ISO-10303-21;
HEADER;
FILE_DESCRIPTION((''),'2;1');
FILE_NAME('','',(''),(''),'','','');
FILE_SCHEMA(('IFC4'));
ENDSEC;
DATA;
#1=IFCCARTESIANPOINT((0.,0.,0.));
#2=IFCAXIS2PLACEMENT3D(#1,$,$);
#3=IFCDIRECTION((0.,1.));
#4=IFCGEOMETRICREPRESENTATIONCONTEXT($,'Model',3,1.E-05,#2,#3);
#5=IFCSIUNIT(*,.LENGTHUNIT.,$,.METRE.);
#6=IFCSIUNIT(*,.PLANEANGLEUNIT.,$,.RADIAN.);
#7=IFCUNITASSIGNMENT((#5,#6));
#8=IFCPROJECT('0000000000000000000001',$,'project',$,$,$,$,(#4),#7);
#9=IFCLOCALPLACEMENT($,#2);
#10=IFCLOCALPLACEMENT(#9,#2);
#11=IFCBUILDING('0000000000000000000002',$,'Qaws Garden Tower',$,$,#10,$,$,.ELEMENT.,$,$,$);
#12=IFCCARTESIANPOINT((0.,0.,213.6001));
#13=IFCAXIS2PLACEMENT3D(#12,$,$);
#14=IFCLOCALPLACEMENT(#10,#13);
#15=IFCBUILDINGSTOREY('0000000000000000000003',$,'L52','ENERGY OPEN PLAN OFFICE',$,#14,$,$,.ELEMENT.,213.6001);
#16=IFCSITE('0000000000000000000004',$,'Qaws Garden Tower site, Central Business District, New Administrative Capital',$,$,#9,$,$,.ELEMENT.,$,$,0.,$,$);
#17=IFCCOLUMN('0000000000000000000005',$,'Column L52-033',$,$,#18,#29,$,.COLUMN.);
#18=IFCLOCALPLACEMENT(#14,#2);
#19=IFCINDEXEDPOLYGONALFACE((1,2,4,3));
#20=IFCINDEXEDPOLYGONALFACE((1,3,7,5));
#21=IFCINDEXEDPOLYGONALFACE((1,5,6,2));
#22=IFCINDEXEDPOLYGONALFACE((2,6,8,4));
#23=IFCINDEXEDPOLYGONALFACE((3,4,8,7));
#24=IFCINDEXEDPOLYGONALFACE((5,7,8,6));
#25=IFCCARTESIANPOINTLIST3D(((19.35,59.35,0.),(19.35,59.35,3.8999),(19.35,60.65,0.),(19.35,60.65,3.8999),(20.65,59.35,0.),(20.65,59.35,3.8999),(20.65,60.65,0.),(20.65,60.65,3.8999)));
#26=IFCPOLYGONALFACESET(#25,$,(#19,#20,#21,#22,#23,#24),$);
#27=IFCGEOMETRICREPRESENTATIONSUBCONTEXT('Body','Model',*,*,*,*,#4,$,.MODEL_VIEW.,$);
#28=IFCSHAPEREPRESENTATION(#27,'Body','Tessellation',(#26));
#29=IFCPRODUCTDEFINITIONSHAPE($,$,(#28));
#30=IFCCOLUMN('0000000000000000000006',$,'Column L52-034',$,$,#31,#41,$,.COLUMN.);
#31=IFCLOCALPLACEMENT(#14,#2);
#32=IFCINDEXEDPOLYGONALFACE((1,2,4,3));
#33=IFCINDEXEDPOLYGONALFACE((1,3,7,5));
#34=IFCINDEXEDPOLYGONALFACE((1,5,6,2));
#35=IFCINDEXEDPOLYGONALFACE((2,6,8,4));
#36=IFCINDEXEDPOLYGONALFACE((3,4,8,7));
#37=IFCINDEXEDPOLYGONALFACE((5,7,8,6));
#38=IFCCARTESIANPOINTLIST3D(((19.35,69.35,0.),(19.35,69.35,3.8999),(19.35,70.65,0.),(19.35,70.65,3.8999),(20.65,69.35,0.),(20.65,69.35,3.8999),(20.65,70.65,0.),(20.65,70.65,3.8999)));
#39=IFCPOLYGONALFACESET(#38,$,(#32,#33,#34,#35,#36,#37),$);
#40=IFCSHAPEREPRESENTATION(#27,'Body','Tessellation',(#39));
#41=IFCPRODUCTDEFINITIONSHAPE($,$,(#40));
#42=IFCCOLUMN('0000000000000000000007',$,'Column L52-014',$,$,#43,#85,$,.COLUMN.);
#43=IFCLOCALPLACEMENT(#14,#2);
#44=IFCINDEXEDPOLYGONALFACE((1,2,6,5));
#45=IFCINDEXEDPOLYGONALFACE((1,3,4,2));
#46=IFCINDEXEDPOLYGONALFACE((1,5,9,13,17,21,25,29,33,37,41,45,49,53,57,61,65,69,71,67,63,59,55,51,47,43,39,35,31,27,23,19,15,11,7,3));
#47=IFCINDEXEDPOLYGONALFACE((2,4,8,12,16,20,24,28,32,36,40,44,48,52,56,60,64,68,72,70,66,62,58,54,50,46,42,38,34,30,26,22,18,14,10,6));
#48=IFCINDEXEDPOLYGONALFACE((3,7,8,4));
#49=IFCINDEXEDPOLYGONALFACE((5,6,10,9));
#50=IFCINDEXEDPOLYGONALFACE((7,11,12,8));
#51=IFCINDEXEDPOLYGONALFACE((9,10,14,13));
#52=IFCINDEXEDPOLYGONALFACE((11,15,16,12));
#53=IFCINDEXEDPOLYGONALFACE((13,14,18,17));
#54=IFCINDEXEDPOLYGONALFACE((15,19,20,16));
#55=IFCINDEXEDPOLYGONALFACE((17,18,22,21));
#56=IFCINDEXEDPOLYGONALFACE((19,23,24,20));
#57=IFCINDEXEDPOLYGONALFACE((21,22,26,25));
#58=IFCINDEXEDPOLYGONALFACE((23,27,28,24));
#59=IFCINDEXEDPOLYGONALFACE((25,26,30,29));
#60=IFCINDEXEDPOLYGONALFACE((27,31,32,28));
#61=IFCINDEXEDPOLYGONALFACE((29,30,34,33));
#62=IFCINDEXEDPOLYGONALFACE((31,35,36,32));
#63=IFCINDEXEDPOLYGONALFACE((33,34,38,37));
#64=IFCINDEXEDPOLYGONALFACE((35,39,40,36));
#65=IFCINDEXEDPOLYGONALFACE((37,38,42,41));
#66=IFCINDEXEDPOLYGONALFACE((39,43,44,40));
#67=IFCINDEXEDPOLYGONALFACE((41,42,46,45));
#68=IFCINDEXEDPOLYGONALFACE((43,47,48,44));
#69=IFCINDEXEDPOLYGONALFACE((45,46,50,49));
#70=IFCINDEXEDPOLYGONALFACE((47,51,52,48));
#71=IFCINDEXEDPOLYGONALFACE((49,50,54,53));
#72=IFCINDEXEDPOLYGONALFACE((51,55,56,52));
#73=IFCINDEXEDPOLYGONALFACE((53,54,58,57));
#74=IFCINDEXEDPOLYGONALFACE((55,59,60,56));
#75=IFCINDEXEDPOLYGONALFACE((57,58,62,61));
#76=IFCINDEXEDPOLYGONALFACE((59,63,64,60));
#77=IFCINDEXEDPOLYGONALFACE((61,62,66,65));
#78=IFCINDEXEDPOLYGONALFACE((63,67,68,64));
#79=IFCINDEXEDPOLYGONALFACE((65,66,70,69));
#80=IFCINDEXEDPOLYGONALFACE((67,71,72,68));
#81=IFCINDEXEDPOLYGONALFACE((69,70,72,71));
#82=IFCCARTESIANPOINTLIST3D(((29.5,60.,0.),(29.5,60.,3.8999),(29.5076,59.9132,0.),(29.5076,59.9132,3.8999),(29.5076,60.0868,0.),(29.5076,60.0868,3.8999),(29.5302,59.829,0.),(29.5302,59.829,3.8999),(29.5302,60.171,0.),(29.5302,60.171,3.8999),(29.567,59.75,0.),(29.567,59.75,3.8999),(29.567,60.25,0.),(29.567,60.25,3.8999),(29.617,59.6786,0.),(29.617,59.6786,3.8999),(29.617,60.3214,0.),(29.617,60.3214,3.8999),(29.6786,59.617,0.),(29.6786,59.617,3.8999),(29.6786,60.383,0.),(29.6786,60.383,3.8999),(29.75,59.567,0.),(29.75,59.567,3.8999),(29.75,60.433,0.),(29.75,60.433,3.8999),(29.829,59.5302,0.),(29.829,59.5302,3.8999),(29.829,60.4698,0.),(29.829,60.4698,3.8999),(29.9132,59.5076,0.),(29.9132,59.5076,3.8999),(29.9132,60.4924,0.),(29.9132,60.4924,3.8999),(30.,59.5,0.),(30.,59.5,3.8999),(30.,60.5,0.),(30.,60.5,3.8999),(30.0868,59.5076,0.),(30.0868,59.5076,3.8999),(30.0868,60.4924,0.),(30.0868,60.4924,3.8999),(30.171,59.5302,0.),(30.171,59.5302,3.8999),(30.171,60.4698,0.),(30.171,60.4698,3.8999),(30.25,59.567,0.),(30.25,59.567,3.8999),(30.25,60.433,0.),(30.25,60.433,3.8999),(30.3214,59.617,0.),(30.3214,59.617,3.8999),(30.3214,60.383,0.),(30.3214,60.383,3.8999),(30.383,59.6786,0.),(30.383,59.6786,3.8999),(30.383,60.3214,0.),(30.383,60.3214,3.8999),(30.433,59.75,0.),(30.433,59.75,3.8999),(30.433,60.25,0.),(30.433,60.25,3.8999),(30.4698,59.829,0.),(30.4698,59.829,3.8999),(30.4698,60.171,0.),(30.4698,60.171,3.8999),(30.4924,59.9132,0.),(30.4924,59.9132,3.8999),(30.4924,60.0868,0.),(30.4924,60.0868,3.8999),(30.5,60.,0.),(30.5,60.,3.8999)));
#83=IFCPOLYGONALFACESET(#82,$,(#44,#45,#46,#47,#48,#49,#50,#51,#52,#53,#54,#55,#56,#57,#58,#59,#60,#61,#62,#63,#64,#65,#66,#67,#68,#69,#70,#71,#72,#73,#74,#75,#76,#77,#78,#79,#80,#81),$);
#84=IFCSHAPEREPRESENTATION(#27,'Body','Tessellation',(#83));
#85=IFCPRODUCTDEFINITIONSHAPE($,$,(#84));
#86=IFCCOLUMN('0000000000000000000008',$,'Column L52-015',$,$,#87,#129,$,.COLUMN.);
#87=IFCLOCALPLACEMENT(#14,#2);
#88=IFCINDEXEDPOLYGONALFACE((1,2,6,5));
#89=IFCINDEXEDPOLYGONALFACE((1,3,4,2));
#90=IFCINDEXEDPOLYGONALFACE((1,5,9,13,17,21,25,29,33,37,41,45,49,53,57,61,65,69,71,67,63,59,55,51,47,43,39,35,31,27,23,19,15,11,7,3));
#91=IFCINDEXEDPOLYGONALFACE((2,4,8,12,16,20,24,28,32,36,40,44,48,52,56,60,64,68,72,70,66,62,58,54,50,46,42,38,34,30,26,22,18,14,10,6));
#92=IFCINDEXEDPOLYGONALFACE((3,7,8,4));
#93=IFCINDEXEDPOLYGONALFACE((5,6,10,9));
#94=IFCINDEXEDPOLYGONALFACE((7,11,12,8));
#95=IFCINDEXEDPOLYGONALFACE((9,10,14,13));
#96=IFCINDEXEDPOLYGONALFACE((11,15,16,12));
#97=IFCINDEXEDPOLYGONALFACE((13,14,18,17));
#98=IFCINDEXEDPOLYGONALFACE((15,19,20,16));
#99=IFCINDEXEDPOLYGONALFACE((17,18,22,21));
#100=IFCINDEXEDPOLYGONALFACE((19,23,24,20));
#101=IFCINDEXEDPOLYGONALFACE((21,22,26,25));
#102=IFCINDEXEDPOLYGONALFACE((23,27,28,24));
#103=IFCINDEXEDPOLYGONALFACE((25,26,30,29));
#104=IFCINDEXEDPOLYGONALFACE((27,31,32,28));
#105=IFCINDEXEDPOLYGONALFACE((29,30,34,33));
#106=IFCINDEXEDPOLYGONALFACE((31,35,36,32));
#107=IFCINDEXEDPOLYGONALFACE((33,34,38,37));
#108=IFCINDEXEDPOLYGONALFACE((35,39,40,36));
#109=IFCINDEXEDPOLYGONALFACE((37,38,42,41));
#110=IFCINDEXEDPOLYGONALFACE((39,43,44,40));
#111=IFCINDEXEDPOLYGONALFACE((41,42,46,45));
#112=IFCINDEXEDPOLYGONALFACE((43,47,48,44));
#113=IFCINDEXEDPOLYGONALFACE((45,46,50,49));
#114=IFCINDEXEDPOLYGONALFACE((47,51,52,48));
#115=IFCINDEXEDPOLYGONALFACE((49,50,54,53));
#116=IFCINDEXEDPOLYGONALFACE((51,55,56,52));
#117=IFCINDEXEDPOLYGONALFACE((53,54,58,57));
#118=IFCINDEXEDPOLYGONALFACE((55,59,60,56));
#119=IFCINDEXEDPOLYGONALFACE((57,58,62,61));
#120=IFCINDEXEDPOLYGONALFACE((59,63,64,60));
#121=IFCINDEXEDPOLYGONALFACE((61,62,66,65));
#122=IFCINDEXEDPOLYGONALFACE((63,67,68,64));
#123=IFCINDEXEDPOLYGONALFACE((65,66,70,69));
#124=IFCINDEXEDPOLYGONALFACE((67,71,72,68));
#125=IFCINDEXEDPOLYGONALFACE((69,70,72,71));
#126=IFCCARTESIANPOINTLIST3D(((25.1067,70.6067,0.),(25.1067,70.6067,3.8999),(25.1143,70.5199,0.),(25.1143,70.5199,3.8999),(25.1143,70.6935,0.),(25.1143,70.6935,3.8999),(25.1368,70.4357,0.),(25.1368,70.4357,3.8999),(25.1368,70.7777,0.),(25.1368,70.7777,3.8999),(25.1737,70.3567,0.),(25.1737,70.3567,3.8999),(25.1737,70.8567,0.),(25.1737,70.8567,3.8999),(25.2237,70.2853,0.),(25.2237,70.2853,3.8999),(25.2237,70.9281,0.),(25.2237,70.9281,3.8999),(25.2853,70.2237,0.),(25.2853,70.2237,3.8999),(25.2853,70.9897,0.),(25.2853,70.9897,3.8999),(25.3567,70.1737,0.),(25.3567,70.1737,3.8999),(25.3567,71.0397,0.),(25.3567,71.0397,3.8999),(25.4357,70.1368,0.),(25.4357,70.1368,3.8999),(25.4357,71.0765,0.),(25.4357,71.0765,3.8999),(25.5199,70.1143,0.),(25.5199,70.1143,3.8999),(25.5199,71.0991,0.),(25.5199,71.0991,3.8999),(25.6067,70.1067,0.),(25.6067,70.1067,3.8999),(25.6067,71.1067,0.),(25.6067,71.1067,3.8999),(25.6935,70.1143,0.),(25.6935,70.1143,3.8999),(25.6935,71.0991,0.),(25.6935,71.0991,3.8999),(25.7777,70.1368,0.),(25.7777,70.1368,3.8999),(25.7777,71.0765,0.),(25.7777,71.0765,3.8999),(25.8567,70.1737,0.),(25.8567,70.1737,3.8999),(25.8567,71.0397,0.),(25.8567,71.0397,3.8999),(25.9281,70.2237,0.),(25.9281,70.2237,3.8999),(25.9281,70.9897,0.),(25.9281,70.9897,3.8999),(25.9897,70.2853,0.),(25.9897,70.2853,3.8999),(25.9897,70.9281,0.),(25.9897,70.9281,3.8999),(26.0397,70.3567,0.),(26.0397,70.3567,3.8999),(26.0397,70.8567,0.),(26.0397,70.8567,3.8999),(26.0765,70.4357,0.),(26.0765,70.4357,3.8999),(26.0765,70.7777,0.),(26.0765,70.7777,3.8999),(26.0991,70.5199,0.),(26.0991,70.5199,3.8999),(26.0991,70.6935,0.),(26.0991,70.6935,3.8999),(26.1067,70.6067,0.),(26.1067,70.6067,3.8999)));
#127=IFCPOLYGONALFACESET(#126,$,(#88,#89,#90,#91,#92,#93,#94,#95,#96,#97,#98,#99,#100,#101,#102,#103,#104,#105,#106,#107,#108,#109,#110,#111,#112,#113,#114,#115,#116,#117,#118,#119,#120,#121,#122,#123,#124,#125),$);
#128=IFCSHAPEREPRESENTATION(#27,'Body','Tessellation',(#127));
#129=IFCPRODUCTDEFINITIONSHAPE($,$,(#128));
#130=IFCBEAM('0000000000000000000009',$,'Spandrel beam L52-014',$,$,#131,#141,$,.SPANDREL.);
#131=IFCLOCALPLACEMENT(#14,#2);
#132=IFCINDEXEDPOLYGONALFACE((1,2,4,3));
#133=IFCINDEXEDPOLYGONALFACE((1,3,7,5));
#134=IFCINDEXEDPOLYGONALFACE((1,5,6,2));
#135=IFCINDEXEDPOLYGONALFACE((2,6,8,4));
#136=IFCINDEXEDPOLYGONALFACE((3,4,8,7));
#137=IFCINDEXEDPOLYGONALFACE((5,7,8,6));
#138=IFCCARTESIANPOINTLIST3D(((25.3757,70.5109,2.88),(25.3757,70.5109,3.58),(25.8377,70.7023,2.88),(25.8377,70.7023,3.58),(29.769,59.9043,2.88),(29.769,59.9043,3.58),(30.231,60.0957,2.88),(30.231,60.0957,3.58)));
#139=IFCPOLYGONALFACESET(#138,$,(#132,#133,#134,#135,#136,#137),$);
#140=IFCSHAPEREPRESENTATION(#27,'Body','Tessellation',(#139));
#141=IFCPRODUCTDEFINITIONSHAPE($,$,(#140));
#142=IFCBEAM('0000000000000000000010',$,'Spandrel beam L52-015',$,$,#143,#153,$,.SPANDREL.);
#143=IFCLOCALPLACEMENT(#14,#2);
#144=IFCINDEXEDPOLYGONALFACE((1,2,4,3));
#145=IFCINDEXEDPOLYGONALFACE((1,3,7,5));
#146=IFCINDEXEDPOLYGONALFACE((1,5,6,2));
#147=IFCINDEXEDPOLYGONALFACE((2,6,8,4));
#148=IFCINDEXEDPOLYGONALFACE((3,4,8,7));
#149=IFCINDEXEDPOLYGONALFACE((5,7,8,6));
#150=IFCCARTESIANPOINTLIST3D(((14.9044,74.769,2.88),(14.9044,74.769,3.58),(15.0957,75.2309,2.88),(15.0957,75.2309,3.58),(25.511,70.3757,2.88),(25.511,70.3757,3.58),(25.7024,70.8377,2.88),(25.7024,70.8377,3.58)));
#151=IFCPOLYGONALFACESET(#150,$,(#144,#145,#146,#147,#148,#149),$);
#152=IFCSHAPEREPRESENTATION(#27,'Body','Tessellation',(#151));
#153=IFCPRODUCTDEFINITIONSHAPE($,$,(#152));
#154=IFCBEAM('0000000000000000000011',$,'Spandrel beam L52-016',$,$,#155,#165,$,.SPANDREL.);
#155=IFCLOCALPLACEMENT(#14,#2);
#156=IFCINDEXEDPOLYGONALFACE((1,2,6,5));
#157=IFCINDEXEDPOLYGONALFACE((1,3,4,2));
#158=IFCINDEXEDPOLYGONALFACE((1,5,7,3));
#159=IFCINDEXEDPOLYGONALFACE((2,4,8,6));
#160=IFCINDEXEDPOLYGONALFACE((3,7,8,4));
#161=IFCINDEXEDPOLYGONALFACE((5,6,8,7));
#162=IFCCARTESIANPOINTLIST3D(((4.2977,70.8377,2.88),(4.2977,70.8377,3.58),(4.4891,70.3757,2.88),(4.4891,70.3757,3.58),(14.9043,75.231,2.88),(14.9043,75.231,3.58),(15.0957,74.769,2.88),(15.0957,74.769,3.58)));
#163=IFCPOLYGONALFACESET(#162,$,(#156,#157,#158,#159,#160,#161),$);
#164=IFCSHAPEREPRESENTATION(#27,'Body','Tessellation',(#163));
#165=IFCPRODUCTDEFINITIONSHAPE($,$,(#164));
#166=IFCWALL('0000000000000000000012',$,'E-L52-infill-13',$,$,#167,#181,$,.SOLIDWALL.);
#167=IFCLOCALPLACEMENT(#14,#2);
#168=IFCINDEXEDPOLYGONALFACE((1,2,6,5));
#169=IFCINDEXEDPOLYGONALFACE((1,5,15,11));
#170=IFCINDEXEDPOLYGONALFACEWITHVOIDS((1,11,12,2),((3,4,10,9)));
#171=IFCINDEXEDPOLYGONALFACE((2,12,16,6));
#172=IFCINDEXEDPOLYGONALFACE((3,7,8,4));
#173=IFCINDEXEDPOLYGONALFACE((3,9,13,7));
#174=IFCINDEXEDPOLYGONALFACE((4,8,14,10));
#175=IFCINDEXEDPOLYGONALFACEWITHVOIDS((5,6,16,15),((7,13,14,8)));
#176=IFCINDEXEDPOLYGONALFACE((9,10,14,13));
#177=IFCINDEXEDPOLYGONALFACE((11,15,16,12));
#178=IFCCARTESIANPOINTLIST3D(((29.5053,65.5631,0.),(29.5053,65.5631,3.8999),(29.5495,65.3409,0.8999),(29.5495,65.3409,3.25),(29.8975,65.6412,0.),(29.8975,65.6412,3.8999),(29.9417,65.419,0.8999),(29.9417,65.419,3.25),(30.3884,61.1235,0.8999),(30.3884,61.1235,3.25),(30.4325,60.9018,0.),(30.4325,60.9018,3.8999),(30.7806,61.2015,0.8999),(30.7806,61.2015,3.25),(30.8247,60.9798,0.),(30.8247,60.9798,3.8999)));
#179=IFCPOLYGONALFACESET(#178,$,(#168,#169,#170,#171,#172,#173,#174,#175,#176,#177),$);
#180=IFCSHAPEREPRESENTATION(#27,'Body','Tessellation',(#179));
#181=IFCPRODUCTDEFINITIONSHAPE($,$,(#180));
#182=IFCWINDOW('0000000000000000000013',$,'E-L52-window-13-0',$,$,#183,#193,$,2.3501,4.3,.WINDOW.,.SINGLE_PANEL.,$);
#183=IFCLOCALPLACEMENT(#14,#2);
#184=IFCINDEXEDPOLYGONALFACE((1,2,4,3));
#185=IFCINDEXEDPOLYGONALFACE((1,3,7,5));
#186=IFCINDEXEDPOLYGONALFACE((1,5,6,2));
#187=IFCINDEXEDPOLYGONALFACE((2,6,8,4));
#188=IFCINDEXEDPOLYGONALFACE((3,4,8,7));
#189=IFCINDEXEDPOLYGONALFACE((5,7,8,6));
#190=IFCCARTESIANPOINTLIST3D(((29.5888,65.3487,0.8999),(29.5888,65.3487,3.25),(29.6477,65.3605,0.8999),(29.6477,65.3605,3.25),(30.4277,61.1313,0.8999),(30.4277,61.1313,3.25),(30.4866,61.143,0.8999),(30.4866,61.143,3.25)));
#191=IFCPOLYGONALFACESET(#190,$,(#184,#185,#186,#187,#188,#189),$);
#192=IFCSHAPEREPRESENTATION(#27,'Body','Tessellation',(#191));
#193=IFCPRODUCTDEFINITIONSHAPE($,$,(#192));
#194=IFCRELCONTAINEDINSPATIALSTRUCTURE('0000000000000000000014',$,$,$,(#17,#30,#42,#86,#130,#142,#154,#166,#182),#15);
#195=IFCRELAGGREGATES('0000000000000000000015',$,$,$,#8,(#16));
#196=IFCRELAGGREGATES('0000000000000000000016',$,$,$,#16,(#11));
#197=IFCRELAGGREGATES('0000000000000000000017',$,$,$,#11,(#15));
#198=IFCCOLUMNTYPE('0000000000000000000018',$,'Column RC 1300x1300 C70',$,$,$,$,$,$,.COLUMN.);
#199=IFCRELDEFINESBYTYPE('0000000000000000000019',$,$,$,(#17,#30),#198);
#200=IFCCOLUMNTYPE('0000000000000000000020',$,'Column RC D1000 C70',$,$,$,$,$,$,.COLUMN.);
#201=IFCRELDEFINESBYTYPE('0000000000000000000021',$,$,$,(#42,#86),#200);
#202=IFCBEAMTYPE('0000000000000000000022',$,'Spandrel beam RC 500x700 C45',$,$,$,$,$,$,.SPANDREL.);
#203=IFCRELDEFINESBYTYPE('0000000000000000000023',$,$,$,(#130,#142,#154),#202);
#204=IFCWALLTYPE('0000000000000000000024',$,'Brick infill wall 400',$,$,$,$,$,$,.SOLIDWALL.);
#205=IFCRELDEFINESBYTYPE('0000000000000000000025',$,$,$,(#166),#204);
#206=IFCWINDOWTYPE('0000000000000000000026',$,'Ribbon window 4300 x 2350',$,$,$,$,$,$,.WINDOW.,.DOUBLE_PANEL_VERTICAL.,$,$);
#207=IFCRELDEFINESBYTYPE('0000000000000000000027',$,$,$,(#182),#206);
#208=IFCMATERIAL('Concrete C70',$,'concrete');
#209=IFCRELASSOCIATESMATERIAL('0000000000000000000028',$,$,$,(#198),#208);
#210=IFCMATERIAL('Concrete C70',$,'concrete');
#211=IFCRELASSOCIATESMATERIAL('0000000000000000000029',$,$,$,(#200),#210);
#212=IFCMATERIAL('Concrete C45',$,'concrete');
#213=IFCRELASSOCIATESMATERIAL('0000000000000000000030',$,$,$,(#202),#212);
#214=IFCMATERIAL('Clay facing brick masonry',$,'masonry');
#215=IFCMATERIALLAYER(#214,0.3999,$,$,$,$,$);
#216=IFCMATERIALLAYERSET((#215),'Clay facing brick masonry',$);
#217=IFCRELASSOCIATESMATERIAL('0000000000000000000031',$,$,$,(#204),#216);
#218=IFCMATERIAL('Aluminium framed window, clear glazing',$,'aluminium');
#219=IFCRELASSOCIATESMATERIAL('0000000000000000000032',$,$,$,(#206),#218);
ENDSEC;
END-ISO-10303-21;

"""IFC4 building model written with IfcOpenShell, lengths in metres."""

from ifc_helpers import new_model, si_unit, direction, frame, frame_2d, origin, origin_2d, place, context, subcontext, project, spatial, rectangle, circle, extrude, material, layer, layer_set, material_profile, profile_set, type_object, element, fill, save


model = new_model("IFC4")

# Units and contexts
model_context = context("Model", 3, precision=1e-05, world=origin(), true_north=direction((0.0, 1.0)))
body_context = subcontext(model_context, "Body", "Model", "MODEL_VIEW")
ifc_project = project(units=[si_unit("LENGTHUNIT", "METRE"), si_unit("PLANEANGLEUNIT", "RADIAN")], contexts=[model_context])

# Site, building, storey
site_placement = place(None, origin())
site = spatial("IfcSite", under=ifc_project, at=site_placement, Name="Qaws Garden Tower site, Central Business District, New Administrative Capital", CompositionType="ELEMENT", RefElevation=0.0)
building_placement = place(site_placement, origin())
building = spatial("IfcBuilding", under=site, at=building_placement, Name="Qaws Garden Tower", CompositionType="ELEMENT")
storey_placement = place(building_placement, frame((0.0, 0.0, 213.6001)))
storey = spatial("IfcBuildingStorey", under=building, at=storey_placement, Name="L52", Description="ENERGY OPEN PLAN OFFICE", CompositionType="ELEMENT", Elevation=213.6001)

# Columns
ifc_material_1 = material(Name="Concrete C70", Category="concrete")
ifc_material_profile_1 = material_profile(ifc_material_1, rectangle(XDim=1.3, YDim=1.3, at=origin_2d()), Name="RC 1300x1300")
ifc_profile_set_1 = profile_set([ifc_material_profile_1], Name="Concrete C70")
column_type_1 = type_object("IfcColumnType", Name="Column RC 1300x1300 C70", PredefinedType="COLUMN", material=ifc_profile_set_1)
for number, where, z_axis, x_axis, name in (
    (1, (20.0, 60.0, 0.0), (0.0, 0.0, 1.0), (1.0, 0.0, 0.0), "Column L52-033"),
    (2, (20.0, 70.0, 0.0), (0.0, 0.0, 1.0), (1.0, 0.0, 0.0), "Column L52-034"),
):
    element("IfcColumn", number, at=place(storey_placement, frame(where, z_axis=z_axis, x_axis=x_axis)), inside=storey, type_object=column_type_1, Name=name, PredefinedType="COLUMN", context=body_context, shape_type="SweptSolid", body=[
        extrude(rectangle(XDim=1.3, YDim=1.3, at=origin_2d()), origin(), (0.0, 0.0, 1.0), 3.8999),
    ])
ifc_material_2 = material(Name="Concrete C70", Category="concrete")
ifc_material_profile_2 = material_profile(ifc_material_2, circle(Radius=0.5, at=origin_2d()), Name="RC D1000")
ifc_profile_set_2 = profile_set([ifc_material_profile_2], Name="Concrete C70")
column_type_2 = type_object("IfcColumnType", Name="Column RC D1000 C70", PredefinedType="COLUMN", material=ifc_profile_set_2)
for number, where, z_axis, x_axis, name in (
    (3, (30.0, 60.0, 0.0), (0.0, 0.0, 1.0), (1.0, 0.0, 0.0), "Column L52-014"),
    (4, (25.6067, 70.6067, 0.0), (0.0, 0.0, 1.0), (1.0, 0.0, 0.0), "Column L52-015"),
):
    element("IfcColumn", number, at=place(storey_placement, frame(where, z_axis=z_axis, x_axis=x_axis)), inside=storey, type_object=column_type_2, Name=name, PredefinedType="COLUMN", context=body_context, shape_type="SweptSolid", body=[
        extrude(circle(Radius=0.5, at=origin_2d()), origin(), (0.0, 0.0, 1.0), 3.8999),
    ])

# Beams
ifc_material_3 = material(Name="Concrete C45", Category="concrete")
ifc_material_profile_3 = material_profile(ifc_material_3, rectangle(XDim=0.5, YDim=0.7, at=origin_2d()), Name="RC 500x700")
ifc_profile_set_3 = profile_set([ifc_material_profile_3], Name="Concrete C45")
beam_type = type_object("IfcBeamType", Name="Spandrel beam RC 500x700 C45", PredefinedType="SPANDREL", material=ifc_profile_set_3)
for number, where, z_axis, x_axis, name in (
    (5, (30.0, 60.0, 3.23), (-0.382674, 0.923883, 0.0), (-0.923883, -0.382674, 0.0), "Spandrel beam L52-014"),
    (6, (25.6067, 70.6067, 3.23), (-0.923883, 0.382674, 0.0), (-0.382674, -0.923883, 0.0), "Spandrel beam L52-015"),
    (7, (15.0, 75.0, 3.23), (-0.923883, -0.382674, 0.0), (0.382674, -0.923883, 0.0), "Spandrel beam L52-016"),
):
    element("IfcBeam", number, at=place(storey_placement, frame(where, z_axis=z_axis, x_axis=x_axis)), inside=storey, type_object=beam_type, Name=name, PredefinedType="SPANDREL", context=body_context, shape_type="SweptSolid", body=[
        extrude(rectangle(XDim=0.5, YDim=0.7, at=origin_2d()), origin(), (0.0, 0.0, 1.0), 11.4805),
    ])

# Wall, opening, window
ifc_material_4 = material(Name="Clay facing brick masonry", Category="masonry")
ifc_layer_1 = layer(ifc_material_4, 0.3999)
ifc_layer_set_1 = layer_set([ifc_layer_1], Name="Clay facing brick masonry")
wall_type_1 = type_object("IfcWallType", Name="Brick infill wall 400", PredefinedType="SOLIDWALL", material=ifc_layer_set_1)
wall_1_placement = place(storey_placement, frame((30.6287, 60.9407, 0.0), z_axis=(0.0, 0.0, 1.0), x_axis=(-0.195099, 0.980784, 0.0)))
wall_1 = element("IfcWall", 8, at=wall_1_placement, inside=storey, type_object=wall_type_1, Name="E-L52-infill-13", PredefinedType="SOLIDWALL", context=body_context, shape_type="SweptSolid", body=[
    extrude(rectangle(XDim=4.7527, YDim=0.3999, at=frame_2d((2.3765, 0.0))), origin(), (0.0, 0.0, 1.0), 3.8999),
])
opening_1_placement = place(wall_1_placement, frame((0.2263, 0.0, 0.8999)))
opening_1 = element("IfcOpeningElement", 9, at=opening_1_placement, cuts=wall_1, PredefinedType="OPENING", context=body_context, shape_type="SweptSolid", body=[
    extrude(rectangle(XDim=4.3, YDim=2.3501, at=frame_2d((2.1499, 1.175))), frame((0.0, 0.21, 0.0), z_axis=(0.0, -1.0, 0.0), x_axis=(1.0, 0.0, 0.0)), (0.0, 0.0, 1.0), 0.4199),
])
ifc_material_5 = material(Name="Aluminium framed window, clear glazing", Category="aluminium")
window_type = type_object("IfcWindowType", Name="Ribbon window 4300 x 2350", PartitioningType="DOUBLE_PANEL_VERTICAL", PredefinedType="WINDOW", material=ifc_material_5)
window_1_placement = place(opening_1_placement, origin())
window_1 = element("IfcWindow", 10, at=window_1_placement, inside=storey, type_object=window_type, Name="E-L52-window-13-0", OverallHeight=2.3501, OverallWidth=4.3, PartitioningType="SINGLE_PANEL", PredefinedType="WINDOW", context=body_context, shape_type="SweptSolid", body=[
    extrude(rectangle(XDim=4.3, YDim=2.3501, at=frame_2d((2.1499, 1.175))), frame((0.0, 0.1599, 0.0), z_axis=(0.0, -1.0, 0.0), x_axis=(1.0, 0.0, 0.0)), (0.0, 0.0, 1.0), 0.0601),
])
fill(opening_1, window_1)

save(model, "model.ifc")
